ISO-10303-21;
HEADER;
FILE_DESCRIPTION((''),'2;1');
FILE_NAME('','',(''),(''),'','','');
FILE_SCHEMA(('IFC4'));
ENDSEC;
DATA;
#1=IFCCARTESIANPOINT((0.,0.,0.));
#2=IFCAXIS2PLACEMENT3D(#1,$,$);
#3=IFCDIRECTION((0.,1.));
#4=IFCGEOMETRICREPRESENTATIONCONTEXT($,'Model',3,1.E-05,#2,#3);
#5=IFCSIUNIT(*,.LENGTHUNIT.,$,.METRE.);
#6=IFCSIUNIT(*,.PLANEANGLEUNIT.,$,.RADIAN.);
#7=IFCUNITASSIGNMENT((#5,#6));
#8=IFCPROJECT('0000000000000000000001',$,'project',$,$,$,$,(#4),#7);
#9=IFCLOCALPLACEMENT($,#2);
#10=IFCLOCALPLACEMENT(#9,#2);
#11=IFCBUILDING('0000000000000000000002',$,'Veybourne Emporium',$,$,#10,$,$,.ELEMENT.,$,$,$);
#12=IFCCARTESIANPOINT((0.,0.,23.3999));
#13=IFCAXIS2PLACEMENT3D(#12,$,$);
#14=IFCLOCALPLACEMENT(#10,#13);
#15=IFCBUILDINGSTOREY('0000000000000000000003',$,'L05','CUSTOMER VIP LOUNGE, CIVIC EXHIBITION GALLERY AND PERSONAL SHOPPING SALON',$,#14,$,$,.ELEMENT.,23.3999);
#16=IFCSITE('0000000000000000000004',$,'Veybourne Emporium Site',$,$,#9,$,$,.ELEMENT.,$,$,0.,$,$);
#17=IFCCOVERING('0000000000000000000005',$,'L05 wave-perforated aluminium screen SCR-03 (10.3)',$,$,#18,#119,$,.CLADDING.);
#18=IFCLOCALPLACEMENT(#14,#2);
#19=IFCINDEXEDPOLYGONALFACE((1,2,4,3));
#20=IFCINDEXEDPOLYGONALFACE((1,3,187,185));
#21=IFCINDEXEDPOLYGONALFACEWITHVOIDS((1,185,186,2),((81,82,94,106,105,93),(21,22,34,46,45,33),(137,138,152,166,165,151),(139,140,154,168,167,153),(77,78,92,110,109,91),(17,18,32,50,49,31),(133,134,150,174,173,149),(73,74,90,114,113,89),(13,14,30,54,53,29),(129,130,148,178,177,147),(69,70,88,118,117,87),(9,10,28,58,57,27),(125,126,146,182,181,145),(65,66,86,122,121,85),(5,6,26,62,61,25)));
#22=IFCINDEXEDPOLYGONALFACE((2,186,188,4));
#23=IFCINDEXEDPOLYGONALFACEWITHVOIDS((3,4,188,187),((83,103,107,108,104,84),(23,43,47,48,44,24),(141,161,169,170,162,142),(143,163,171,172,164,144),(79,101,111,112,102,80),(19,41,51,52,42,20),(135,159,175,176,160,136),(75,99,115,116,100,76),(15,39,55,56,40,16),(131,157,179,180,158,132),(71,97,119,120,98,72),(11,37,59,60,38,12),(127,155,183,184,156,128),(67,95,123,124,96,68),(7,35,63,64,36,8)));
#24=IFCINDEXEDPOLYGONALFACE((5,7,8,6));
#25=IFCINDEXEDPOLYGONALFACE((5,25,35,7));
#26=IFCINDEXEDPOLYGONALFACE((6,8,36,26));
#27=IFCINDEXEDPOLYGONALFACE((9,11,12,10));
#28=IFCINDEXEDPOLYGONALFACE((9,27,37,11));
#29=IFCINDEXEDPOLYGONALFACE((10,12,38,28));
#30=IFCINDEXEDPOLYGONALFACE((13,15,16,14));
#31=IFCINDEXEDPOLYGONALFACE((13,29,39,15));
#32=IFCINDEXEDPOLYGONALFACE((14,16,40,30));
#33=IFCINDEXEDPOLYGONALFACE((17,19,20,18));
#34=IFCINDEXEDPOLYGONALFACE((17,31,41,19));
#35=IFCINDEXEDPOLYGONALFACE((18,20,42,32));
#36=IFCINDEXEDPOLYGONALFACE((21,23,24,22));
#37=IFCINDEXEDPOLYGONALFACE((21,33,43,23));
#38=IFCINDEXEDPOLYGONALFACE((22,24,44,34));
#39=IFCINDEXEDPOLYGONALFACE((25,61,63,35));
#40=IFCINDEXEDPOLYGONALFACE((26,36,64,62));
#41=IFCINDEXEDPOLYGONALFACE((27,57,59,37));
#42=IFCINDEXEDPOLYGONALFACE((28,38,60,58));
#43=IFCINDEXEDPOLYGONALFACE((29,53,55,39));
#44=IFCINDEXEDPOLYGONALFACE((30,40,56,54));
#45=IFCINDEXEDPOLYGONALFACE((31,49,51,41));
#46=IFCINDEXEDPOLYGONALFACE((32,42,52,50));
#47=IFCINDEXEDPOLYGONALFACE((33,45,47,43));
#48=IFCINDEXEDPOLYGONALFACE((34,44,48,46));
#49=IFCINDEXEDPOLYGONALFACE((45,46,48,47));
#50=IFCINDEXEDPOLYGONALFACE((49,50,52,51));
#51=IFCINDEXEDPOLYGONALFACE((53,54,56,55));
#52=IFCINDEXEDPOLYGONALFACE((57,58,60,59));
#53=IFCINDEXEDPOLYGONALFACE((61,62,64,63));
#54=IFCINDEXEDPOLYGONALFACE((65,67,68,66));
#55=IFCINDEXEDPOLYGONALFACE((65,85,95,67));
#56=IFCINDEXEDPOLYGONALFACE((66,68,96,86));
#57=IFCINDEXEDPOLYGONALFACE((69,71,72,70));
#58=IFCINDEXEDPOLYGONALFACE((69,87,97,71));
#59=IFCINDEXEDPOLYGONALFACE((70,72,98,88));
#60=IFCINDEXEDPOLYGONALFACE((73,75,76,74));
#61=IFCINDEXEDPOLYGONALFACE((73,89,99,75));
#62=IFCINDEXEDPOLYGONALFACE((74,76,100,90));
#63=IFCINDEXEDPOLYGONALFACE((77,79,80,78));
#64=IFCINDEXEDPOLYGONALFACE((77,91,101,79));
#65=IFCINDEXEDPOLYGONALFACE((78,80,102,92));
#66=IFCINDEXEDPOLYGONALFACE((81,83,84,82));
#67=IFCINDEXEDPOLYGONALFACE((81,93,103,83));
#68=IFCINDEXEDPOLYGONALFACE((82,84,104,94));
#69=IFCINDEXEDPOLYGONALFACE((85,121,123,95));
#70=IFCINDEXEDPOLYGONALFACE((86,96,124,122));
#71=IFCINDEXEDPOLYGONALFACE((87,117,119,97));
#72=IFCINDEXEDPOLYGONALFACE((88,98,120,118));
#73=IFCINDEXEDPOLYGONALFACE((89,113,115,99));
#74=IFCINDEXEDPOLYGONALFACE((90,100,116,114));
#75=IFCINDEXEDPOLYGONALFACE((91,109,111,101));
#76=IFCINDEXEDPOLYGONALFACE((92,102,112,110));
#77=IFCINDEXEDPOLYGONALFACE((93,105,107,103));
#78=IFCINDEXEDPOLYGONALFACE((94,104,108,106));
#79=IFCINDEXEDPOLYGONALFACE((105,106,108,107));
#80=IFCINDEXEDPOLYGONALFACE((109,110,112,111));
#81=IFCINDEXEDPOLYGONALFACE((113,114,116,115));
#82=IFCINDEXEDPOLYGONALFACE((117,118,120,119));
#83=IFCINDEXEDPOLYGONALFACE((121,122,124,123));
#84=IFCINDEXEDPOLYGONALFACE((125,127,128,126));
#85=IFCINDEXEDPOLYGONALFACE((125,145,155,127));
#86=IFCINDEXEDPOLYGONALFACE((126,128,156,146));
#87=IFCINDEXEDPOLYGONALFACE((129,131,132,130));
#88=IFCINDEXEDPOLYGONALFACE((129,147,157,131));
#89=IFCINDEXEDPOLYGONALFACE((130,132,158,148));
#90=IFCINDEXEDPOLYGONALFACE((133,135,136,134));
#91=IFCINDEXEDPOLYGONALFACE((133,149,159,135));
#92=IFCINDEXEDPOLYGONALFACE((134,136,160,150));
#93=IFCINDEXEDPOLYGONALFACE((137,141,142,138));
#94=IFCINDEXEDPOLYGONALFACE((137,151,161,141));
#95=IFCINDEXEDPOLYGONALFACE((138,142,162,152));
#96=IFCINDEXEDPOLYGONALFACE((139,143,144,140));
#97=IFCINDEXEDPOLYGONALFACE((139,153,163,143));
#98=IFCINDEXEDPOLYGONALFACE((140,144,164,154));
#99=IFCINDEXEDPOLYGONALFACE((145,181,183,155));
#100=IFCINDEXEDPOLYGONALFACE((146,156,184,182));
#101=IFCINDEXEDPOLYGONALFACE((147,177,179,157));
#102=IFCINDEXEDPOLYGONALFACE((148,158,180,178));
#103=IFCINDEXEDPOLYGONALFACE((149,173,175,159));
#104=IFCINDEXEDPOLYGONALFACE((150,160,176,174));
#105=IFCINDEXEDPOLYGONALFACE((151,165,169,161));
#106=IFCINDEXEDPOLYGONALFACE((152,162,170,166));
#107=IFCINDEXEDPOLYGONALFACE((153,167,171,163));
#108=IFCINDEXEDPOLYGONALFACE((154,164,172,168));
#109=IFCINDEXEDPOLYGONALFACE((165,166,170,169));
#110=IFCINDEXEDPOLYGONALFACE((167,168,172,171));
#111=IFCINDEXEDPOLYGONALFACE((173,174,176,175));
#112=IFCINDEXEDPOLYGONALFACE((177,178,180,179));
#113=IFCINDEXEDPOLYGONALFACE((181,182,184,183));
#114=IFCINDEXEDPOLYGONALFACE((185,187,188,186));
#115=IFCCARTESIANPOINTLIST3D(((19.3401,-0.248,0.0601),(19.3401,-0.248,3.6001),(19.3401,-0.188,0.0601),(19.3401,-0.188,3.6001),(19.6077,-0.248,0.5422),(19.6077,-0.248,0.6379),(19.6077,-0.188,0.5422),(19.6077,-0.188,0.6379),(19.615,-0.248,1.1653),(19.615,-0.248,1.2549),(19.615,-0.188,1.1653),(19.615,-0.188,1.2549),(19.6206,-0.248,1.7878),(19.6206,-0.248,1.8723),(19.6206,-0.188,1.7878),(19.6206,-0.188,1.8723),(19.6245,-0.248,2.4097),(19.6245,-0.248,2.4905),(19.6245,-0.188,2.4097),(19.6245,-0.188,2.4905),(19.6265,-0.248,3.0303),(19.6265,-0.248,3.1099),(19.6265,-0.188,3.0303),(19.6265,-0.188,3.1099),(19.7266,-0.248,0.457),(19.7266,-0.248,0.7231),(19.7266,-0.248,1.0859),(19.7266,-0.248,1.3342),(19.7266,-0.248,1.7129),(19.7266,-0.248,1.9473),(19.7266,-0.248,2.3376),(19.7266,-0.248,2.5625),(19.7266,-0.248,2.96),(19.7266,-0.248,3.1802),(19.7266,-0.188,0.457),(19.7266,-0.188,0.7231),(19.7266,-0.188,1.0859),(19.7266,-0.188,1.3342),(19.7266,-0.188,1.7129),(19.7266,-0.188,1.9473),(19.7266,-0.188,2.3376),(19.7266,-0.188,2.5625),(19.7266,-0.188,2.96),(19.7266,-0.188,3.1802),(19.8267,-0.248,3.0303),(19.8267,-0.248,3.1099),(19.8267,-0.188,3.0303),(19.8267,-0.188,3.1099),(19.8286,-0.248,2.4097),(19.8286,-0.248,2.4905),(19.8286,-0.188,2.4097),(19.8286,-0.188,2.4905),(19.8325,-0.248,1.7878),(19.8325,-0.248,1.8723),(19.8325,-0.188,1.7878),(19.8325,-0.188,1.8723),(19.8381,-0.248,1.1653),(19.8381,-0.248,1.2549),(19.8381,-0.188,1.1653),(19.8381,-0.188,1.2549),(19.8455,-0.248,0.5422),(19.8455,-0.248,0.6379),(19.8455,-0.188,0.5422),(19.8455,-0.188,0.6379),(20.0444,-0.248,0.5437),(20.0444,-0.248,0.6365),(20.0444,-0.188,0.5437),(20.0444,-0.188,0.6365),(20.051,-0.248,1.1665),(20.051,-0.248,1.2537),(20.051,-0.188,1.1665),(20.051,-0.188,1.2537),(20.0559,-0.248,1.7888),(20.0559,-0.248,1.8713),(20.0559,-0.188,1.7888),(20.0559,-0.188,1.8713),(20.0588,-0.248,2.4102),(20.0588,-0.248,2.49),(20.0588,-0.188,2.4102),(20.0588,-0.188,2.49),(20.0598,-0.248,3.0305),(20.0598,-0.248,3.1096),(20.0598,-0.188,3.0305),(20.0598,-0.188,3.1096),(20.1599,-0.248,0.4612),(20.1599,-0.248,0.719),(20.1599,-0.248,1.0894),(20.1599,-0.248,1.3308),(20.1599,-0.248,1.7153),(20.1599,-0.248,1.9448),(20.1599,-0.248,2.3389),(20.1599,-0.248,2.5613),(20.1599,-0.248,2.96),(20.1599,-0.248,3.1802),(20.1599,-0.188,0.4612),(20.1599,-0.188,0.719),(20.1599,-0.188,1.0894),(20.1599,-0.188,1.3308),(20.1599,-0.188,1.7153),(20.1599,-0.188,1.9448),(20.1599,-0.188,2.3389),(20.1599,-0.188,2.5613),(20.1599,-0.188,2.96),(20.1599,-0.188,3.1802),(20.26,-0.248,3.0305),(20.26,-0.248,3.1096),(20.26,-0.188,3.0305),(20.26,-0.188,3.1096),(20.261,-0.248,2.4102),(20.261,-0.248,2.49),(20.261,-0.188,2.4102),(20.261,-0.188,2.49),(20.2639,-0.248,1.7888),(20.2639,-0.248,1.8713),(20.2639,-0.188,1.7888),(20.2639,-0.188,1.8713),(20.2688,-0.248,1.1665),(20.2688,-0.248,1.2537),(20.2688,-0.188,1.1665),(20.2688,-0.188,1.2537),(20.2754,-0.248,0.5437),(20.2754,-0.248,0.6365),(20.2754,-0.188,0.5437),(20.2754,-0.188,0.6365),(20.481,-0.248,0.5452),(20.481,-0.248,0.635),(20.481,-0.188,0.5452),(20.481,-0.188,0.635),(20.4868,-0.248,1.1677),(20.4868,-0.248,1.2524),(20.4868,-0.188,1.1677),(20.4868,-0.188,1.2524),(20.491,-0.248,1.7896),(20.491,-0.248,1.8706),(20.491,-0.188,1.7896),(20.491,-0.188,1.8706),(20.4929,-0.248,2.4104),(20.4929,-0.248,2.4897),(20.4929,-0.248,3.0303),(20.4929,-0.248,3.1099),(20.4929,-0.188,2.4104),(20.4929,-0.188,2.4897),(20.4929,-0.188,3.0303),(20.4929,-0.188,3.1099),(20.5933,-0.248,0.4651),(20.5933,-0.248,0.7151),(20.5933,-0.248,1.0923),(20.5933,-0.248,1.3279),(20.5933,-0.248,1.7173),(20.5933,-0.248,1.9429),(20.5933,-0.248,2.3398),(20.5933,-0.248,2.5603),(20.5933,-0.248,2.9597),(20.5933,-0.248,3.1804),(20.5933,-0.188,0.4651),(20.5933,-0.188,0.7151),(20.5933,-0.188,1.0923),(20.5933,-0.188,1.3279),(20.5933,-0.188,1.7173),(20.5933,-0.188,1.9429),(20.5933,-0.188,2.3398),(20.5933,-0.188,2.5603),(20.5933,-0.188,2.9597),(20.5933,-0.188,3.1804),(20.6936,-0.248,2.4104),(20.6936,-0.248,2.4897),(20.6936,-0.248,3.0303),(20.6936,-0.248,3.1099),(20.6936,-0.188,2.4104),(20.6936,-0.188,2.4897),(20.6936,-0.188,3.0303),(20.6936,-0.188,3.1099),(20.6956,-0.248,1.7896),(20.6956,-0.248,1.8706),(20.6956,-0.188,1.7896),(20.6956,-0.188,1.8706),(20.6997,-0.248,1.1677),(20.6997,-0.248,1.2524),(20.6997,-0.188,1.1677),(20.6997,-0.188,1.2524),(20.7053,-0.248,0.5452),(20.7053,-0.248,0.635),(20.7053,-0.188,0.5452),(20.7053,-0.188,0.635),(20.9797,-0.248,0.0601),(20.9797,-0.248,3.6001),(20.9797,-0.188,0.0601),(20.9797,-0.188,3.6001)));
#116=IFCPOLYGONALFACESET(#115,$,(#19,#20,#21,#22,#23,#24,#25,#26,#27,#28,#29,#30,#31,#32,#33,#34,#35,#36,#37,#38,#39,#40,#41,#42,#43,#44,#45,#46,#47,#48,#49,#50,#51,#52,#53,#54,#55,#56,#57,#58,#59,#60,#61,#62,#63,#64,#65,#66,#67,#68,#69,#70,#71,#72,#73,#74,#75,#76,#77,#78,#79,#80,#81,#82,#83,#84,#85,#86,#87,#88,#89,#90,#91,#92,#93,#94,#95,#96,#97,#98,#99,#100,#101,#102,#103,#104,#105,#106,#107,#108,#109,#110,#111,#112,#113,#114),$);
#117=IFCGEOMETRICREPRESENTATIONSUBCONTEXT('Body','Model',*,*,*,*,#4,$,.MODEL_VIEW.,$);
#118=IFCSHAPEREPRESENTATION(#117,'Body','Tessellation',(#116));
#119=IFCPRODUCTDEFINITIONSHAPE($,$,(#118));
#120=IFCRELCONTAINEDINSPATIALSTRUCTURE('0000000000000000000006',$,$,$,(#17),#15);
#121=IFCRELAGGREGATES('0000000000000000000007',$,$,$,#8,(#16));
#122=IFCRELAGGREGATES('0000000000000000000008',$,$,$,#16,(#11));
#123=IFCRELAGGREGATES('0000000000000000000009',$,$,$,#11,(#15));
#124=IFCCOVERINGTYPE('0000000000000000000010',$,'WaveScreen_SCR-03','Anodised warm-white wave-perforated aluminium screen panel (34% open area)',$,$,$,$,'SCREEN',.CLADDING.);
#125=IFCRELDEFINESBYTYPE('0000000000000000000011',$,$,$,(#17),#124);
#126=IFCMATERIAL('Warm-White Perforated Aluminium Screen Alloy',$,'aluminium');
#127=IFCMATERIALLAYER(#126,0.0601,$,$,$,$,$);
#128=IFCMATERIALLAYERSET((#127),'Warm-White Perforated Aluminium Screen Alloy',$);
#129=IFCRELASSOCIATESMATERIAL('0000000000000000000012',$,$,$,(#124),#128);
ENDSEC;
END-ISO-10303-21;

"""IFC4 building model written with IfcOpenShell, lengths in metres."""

from ifc_helpers import new_model, si_unit, direction, frame, origin, place, context, subcontext, project, spatial, polyline, outline, extrude, material, layer, layer_set, type_object, element, save


model = new_model("IFC4")

# Units and contexts
model_context = context("Model", 3, precision=1e-05, world=origin(), true_north=direction((0.0, 1.0)))
body_context = subcontext(model_context, "Body", "Model", "MODEL_VIEW")
ifc_project = project(units=[si_unit("LENGTHUNIT", "METRE"), si_unit("PLANEANGLEUNIT", "RADIAN")], contexts=[model_context])

# Site, building, storey
site_placement = place(None, origin())
site = spatial("IfcSite", under=ifc_project, at=site_placement, Name="Veybourne Emporium Site", CompositionType="ELEMENT", RefElevation=0.0)
building_placement = place(site_placement, origin())
building = spatial("IfcBuilding", under=site, at=building_placement, Name="Veybourne Emporium", CompositionType="ELEMENT")
storey_placement = place(building_placement, frame((0.0, 0.0, 23.3999)))
storey = spatial("IfcBuildingStorey", under=building, at=storey_placement, Name="L05", Description="CUSTOMER VIP LOUNGE, CIVIC EXHIBITION GALLERY AND PERSONAL SHOPPING SALON", CompositionType="ELEMENT", Elevation=23.3999)

# Covering
ifc_material_1 = material(Name="Warm-White Perforated Aluminium Screen Alloy", Category="aluminium")
ifc_layer_1 = layer(ifc_material_1, 0.0601)
ifc_layer_set_1 = layer_set([ifc_layer_1], Name="Warm-White Perforated Aluminium Screen Alloy")
covering_type_1 = type_object("IfcCoveringType", Name="WaveScreen_SCR-03", Description="Anodised warm-white wave-perforated aluminium screen panel (34% open area)", ElementType="SCREEN", PredefinedType="CLADDING", material=ifc_layer_set_1)
covering_1_placement = place(storey_placement, frame((20.1599, -0.248, 1.8301), z_axis=(0.0, 1.0, 0.0), x_axis=(-1.0, 0.0, 0.0)))
element("IfcCovering", 1, at=covering_1_placement, inside=storey, type_object=covering_type_1, Name="L05 wave-perforated aluminium screen SCR-03 (10.3)", PredefinedType="CLADDING", context=body_context, shape_type="SweptSolid", body=[
    extrude(outline(polyline([(-0.8198, -1.77), (0.8198, -1.77), (0.8198, 1.77), (-0.8198, 1.77), (-0.8198, -1.77)]), holes=[polyline([(-0.4333, -1.115), (-0.321, -1.1951), (-0.321, -1.2849), (-0.4333, -1.365), (-0.5454, -1.2849), (-0.5454, -1.1951), (-0.4333, -1.115)]), polyline([(-0.4333, -0.5022), (-0.3269, -0.5776), (-0.3269, -0.6624), (-0.4333, -0.7378), (-0.5398, -0.6624), (-0.5398, -0.5776), (-0.4333, -0.5022)]), polyline([(-0.4333, 0.1128), (-0.3311, 0.0405), (-0.3311, -0.0405), (-0.4333, -0.1128), (-0.5356, -0.0405), (-0.5356, 0.0405), (-0.4333, 0.1128)]), polyline([(-0.4333, 0.7302), (-0.333, 0.6597), (-0.333, 0.5803), (-0.4333, 0.5098), (-0.5337, 0.5803), (-0.5337, 0.6597), (-0.4333, 0.7302)]), polyline([(-0.4333, 1.3503), (-0.333, 1.2798), (-0.333, 1.2002), (-0.4333, 1.1296), (-0.5337, 1.2002), (-0.5337, 1.2798), (-0.4333, 1.3503)]), polyline([(0.0, -1.1111), (0.1155, -1.1936), (0.1155, -1.2864), (0.0, -1.3689), (-0.1155, -1.2864), (-0.1155, -1.1936), (0.0, -1.1111)]), polyline([(0.0, -0.4993), (0.1089, -0.5764), (0.1089, -0.6636), (0.0, -0.7407), (-0.1089, -0.6636), (-0.1089, -0.5764), (0.0, -0.4993)]), polyline([(0.0, 0.1147), (0.104, 0.0413), (0.104, -0.0413), (0.0, -0.1147), (-0.104, -0.0413), (-0.104, 0.0413), (0.0, 0.1147)]), polyline([(0.0, 0.7312), (0.1011, 0.6599), (0.1011, 0.5801), (0.0, 0.5088), (-0.1011, 0.5801), (-0.1011, 0.6599), (0.0, 0.7312)]), polyline([(0.0, 1.3501), (0.1001, 1.2795), (0.1001, 1.2004), (0.0, 1.1299), (-0.1001, 1.2004), (-0.1001, 1.2795), (0.0, 1.3501)]), polyline([(0.4333, -1.1069), (0.5522, -1.1921), (0.5522, -1.2878), (0.4333, -1.373), (0.3145, -1.2878), (0.3145, -1.1921), (0.4333, -1.1069)]), polyline([(0.4333, -0.4958), (0.5449, -0.5752), (0.5449, -0.6648), (0.4333, -0.7441), (0.3218, -0.6648), (0.3218, -0.5752), (0.4333, -0.4958)]), polyline([(0.4333, 0.1172), (0.5393, 0.0422), (0.5393, -0.0422), (0.4333, -0.1172), (0.3274, -0.0422), (0.3274, 0.0422), (0.4333, 0.1172)]), polyline([(0.4333, 0.7324), (0.5354, 0.6604), (0.5354, 0.5796), (0.4333, 0.5076), (0.3313, 0.5796), (0.3313, 0.6604), (0.4333, 0.7324)]), polyline([(0.4333, 1.3501), (0.5334, 1.2798), (0.5334, 1.2002), (0.4333, 1.1299), (0.3333, 1.2002), (0.3333, 1.2798), (0.4333, 1.3501)])]), origin(), (0.0, 0.0, 1.0), 0.0601),
])

save(model, "model.ifc")
